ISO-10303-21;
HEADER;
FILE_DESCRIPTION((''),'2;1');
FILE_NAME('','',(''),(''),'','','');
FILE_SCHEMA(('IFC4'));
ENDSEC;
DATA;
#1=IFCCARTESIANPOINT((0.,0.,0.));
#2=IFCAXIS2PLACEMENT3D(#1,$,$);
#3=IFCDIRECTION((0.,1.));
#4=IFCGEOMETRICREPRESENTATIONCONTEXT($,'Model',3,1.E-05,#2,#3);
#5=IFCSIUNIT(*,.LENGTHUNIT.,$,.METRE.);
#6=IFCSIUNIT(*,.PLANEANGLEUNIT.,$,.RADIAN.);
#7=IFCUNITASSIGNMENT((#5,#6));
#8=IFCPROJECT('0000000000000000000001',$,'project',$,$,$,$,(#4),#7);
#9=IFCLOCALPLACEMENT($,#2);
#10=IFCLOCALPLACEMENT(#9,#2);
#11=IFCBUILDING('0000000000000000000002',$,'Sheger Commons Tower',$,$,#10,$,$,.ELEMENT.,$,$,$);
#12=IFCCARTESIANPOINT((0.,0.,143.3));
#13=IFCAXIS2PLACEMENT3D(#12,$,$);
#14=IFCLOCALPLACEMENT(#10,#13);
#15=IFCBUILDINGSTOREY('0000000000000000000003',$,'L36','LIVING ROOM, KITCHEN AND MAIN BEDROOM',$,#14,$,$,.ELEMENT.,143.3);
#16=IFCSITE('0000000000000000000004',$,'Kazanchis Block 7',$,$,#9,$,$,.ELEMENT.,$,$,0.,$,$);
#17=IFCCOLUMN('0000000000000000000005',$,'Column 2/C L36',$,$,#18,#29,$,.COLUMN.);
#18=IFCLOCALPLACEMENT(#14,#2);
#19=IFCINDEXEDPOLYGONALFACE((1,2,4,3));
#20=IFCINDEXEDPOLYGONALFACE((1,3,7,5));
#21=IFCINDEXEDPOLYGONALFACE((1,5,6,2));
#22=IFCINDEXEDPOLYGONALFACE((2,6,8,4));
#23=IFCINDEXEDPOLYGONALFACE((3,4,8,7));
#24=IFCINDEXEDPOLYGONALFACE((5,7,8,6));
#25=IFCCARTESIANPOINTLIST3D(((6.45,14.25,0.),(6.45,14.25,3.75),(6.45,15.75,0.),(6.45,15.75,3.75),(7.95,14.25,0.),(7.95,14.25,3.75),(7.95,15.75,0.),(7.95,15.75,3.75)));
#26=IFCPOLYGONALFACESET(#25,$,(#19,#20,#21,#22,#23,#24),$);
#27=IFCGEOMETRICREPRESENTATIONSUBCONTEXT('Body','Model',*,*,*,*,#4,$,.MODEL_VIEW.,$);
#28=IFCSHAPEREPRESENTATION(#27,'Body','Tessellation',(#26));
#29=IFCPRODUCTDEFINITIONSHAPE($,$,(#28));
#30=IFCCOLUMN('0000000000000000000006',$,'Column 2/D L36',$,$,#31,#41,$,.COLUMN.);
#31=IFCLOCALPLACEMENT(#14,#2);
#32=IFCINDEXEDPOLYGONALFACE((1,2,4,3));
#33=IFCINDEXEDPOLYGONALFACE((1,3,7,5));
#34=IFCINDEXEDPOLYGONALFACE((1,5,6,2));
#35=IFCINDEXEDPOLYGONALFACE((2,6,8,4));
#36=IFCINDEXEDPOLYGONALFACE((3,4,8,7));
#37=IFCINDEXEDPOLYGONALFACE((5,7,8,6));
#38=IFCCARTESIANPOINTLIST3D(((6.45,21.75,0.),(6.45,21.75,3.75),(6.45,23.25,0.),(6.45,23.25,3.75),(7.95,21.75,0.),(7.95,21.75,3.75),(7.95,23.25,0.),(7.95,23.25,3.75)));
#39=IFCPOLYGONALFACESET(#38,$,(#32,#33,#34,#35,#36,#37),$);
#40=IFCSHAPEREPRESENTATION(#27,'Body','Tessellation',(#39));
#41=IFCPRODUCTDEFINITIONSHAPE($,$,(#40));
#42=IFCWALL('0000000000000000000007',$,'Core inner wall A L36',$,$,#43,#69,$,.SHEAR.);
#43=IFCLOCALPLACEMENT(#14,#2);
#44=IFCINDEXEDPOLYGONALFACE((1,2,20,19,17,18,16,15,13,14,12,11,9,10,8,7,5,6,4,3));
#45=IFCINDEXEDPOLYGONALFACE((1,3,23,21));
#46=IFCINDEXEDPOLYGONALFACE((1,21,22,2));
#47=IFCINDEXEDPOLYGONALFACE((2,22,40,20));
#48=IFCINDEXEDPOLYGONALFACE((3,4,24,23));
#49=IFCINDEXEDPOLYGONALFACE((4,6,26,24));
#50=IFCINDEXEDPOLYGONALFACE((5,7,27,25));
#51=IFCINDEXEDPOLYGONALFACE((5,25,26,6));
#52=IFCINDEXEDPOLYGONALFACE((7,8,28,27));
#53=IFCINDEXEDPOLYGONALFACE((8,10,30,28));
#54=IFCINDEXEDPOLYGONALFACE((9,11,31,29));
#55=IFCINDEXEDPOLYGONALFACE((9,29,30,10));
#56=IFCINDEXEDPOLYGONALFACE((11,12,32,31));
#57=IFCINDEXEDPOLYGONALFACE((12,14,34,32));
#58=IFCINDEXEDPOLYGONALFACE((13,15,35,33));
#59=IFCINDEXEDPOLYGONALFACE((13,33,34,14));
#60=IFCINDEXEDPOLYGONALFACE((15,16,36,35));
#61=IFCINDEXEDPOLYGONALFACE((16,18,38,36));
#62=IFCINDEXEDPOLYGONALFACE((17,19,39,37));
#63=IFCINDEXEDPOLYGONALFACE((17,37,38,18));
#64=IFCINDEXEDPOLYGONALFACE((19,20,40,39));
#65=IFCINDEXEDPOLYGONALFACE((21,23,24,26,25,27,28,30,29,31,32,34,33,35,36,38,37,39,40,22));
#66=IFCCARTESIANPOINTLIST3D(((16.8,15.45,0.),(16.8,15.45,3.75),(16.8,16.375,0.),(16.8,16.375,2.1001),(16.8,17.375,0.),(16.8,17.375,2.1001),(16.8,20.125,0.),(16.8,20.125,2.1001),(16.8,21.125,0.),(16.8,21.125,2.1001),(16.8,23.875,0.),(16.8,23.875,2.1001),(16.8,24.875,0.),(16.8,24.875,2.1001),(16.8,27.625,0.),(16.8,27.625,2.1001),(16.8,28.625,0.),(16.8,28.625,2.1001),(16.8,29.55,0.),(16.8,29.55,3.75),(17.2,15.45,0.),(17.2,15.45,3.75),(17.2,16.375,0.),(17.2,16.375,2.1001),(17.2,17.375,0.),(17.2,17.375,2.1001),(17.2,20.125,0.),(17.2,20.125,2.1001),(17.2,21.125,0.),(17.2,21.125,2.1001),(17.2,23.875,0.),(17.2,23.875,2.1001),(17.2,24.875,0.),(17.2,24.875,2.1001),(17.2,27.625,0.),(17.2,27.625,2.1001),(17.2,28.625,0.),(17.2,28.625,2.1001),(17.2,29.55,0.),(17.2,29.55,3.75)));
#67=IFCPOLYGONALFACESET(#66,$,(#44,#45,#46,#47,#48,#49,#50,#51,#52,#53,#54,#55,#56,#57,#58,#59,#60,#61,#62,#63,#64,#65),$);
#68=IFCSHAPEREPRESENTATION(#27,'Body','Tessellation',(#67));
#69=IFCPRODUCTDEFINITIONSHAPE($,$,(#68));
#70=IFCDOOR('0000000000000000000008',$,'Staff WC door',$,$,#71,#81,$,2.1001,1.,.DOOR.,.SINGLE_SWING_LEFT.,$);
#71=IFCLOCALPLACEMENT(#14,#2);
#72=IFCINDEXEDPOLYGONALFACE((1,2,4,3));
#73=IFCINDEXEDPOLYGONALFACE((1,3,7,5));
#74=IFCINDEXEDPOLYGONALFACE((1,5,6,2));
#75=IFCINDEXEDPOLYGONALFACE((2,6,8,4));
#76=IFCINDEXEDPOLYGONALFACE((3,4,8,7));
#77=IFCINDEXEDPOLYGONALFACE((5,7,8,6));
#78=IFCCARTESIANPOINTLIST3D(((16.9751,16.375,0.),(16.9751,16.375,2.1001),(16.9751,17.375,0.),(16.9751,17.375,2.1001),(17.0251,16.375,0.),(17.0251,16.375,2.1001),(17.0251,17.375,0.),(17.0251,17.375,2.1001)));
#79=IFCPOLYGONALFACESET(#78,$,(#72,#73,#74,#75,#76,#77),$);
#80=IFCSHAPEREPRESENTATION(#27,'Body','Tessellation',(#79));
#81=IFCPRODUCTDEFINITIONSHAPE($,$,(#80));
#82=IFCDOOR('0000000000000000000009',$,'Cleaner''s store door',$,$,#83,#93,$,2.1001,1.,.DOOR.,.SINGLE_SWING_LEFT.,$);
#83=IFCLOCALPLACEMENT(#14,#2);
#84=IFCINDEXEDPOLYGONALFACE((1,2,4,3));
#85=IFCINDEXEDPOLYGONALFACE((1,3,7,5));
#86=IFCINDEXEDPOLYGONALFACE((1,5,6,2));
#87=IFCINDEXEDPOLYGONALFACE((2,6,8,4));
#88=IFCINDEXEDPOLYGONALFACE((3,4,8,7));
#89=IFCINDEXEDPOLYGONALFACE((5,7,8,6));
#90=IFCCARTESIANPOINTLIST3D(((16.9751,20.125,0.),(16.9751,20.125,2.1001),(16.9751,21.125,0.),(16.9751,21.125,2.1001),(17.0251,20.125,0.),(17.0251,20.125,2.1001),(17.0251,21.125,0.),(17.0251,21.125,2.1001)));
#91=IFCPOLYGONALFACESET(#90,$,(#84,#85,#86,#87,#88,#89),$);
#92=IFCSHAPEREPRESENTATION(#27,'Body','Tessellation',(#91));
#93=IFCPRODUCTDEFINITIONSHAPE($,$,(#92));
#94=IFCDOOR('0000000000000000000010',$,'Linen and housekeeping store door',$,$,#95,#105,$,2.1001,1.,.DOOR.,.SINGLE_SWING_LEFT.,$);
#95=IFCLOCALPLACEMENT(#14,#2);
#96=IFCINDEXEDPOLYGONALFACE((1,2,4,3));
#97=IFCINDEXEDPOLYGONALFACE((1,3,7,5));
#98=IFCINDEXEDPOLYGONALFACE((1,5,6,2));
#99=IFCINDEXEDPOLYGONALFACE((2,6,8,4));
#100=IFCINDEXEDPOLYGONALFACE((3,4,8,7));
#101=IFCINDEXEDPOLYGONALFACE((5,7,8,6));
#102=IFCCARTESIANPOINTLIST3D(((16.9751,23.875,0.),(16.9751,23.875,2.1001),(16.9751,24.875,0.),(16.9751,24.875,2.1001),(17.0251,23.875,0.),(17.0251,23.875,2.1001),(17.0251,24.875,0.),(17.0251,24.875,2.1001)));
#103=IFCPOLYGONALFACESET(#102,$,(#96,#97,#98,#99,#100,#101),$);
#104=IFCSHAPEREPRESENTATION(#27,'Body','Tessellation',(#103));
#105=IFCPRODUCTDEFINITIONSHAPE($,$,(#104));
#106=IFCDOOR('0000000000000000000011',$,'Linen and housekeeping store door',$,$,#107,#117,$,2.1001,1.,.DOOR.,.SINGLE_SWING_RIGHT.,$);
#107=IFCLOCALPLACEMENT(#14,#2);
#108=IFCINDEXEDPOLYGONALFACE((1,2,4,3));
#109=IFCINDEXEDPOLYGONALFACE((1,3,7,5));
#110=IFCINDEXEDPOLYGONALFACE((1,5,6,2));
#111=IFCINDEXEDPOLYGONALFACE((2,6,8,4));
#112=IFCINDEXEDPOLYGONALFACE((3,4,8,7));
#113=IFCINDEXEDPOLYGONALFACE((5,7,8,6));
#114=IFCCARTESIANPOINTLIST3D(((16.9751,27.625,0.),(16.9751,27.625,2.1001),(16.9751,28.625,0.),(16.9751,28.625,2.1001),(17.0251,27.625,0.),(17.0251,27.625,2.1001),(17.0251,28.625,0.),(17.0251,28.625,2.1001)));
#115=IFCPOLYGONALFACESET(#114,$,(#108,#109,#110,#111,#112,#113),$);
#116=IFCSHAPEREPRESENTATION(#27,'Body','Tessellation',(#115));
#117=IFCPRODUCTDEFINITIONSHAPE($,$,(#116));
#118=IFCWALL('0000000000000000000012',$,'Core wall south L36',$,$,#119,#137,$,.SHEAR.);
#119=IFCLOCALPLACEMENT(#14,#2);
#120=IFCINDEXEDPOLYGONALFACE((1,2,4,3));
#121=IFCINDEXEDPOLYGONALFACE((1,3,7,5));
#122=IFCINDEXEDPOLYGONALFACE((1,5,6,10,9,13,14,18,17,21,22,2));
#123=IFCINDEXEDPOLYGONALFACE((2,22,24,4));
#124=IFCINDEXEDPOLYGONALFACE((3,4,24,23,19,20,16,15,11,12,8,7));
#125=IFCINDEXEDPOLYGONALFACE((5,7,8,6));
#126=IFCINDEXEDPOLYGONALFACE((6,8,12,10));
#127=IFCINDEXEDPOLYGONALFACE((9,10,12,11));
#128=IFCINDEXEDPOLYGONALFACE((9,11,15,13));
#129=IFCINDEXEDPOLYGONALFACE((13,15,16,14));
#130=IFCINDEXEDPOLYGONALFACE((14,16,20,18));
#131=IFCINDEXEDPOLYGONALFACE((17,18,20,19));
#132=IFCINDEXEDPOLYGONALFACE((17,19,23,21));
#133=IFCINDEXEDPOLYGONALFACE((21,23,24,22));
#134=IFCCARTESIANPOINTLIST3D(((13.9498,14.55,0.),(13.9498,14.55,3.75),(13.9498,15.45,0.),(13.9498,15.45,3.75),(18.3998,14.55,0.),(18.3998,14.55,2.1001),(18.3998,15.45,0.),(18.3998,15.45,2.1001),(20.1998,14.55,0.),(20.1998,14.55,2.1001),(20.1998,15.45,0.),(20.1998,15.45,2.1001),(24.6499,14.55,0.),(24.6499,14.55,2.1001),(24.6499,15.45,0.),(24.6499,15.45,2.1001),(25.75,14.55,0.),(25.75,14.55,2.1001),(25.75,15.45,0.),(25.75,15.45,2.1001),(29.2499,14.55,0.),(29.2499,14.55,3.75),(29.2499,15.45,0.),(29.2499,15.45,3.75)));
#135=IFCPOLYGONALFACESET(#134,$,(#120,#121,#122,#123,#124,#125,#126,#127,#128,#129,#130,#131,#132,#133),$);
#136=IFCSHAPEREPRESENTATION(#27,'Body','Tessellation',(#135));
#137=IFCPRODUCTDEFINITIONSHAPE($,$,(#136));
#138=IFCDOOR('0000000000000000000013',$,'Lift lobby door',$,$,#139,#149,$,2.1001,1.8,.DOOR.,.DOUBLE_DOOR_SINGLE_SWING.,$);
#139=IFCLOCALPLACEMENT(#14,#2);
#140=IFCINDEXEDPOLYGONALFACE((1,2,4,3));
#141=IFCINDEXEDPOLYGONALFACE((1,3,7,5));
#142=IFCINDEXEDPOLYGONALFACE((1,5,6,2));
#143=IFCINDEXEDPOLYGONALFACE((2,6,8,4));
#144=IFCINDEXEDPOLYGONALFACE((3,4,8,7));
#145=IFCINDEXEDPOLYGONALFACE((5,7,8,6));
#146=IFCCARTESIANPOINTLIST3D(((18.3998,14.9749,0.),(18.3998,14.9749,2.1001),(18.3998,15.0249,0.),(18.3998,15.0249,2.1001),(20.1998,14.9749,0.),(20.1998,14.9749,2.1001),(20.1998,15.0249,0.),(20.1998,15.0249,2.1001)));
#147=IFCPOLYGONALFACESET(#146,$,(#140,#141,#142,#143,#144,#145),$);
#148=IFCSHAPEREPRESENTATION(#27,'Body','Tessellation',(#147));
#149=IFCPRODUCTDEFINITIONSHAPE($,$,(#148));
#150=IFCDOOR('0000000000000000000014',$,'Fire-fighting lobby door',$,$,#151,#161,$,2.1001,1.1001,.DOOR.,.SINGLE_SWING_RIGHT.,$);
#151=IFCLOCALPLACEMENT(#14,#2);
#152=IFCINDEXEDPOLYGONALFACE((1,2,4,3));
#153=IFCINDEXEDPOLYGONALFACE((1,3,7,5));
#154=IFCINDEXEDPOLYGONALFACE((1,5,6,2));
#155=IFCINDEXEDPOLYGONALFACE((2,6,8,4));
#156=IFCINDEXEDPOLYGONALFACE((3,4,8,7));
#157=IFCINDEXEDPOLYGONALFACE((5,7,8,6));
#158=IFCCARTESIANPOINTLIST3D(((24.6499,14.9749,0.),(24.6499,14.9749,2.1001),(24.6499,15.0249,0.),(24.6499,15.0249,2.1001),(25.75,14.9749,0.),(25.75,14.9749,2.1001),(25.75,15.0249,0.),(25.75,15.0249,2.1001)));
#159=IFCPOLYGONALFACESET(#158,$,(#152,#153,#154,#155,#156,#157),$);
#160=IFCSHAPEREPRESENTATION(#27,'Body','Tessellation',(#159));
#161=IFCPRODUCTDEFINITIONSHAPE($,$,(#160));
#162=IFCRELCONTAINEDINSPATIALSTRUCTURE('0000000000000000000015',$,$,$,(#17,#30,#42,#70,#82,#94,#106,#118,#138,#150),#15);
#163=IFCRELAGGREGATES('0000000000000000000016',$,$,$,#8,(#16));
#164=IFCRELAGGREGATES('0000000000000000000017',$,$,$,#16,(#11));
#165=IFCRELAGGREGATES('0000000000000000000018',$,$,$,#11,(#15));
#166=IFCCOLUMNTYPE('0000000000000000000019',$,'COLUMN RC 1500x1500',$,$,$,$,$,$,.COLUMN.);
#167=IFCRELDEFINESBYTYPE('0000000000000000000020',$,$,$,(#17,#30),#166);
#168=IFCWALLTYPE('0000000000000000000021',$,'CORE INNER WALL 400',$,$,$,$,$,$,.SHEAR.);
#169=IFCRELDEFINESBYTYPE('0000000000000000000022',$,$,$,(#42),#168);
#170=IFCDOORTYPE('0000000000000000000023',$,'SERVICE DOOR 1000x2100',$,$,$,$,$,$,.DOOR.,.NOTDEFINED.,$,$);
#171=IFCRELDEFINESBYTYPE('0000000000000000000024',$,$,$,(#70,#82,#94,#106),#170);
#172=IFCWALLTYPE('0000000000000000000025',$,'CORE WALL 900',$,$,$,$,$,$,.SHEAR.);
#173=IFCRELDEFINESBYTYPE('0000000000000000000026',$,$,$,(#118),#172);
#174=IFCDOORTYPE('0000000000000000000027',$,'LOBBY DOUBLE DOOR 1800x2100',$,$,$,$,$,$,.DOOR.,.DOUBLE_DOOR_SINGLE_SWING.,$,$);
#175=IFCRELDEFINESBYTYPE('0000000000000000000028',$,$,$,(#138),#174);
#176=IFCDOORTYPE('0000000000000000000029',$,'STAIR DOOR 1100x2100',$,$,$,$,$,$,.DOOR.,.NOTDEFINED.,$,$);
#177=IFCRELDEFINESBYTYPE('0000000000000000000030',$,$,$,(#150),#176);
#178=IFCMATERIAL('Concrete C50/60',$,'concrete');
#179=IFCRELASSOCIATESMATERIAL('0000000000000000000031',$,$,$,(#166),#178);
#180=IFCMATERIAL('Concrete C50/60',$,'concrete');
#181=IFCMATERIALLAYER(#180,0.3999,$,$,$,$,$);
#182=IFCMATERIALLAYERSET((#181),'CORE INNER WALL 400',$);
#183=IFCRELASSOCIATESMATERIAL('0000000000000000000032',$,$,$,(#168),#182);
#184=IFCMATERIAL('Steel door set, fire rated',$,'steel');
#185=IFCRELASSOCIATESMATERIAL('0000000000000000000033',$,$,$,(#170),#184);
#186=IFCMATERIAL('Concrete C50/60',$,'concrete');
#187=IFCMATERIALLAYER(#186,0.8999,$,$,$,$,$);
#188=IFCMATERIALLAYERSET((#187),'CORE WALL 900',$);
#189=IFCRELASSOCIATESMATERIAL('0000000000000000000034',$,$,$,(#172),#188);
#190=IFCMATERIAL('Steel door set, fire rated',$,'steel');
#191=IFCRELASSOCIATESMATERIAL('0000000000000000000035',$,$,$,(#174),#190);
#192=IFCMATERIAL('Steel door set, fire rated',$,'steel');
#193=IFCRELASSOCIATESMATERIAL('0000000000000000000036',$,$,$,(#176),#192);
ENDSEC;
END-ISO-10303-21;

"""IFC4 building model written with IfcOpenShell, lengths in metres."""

from ifc_helpers import new_model, si_unit, direction, frame, frame_2d, origin, origin_2d, place, context, subcontext, project, spatial, rectangle, extrude, material, layer, layer_set, material_profile, profile_set, type_object, element, fill, save


model = new_model("IFC4")

# Units and contexts
model_context = context("Model", 3, precision=1e-05, world=origin(), true_north=direction((0.0, 1.0)))
body_context = subcontext(model_context, "Body", "Model", "MODEL_VIEW")
ifc_project = project(units=[si_unit("LENGTHUNIT", "METRE"), si_unit("PLANEANGLEUNIT", "RADIAN")], contexts=[model_context])

# Site, building, storey
site_placement = place(None, origin())
site = spatial("IfcSite", under=ifc_project, at=site_placement, Name="Kazanchis Block 7", CompositionType="ELEMENT", RefElevation=0.0)
building_placement = place(site_placement, origin())
building = spatial("IfcBuilding", under=site, at=building_placement, Name="Sheger Commons Tower", CompositionType="ELEMENT")
storey_placement = place(building_placement, frame((0.0, 0.0, 143.3)))
storey = spatial("IfcBuildingStorey", under=building, at=storey_placement, Name="L36", Description="LIVING ROOM, KITCHEN AND MAIN BEDROOM", CompositionType="ELEMENT", Elevation=143.3)

# Columns
ifc_material_1 = material(Name="Concrete C50/60", Category="concrete")
ifc_material_profile = material_profile(ifc_material_1, rectangle(XDim=1.5, YDim=1.5, at=origin_2d()), Name="RC 1500x1500")
ifc_profile_set = profile_set([ifc_material_profile], Name="Concrete C50/60")
column_type = type_object("IfcColumnType", Name="COLUMN RC 1500x1500", PredefinedType="COLUMN", material=ifc_profile_set)
for number, where, z_axis, x_axis, name in (
    (1, (7.2, 15.0, 0.0), (0.0, 0.0, 1.0), (1.0, 0.0, 0.0), "Column 2/C L36"),
    (2, (7.2, 22.5, 0.0), (0.0, 0.0, 1.0), (1.0, 0.0, 0.0), "Column 2/D L36"),
):
    element("IfcColumn", number, at=place(storey_placement, frame(where, z_axis=z_axis, x_axis=x_axis)), inside=storey, type_object=column_type, Name=name, PredefinedType="COLUMN", context=body_context, shape_type="SweptSolid", body=[
        extrude(rectangle(XDim=1.5, YDim=1.5, at=origin_2d()), origin(), (0.0, 0.0, 1.0), 3.75),
    ])

# Walls, openings, doors
ifc_material_2 = material(Name="Concrete C50/60", Category="concrete")
ifc_layer_1 = layer(ifc_material_2, 0.3999)
ifc_layer_set_1 = layer_set([ifc_layer_1], Name="CORE INNER WALL 400")
wall_type_1 = type_object("IfcWallType", Name="CORE INNER WALL 400", PredefinedType="SHEAR", material=ifc_layer_set_1)
wall_1_placement = place(storey_placement, frame((17.0, 15.45, 0.0), z_axis=(0.0, 0.0, 1.0), x_axis=(0.0, 1.0, 0.0)))
wall_1 = element("IfcWall", 3, at=wall_1_placement, inside=storey, type_object=wall_type_1, Name="Core inner wall A L36", PredefinedType="SHEAR", context=body_context, shape_type="SweptSolid", body=[
    extrude(rectangle(XDim=14.1001, YDim=0.3999, at=frame_2d((7.05, 0.0))), origin(), (0.0, 0.0, 1.0), 3.75),
])
opening_1_placement = place(wall_1_placement, frame((0.925, 0.0, 0.0)))
opening_1 = element("IfcOpeningElement", 4, at=opening_1_placement, cuts=wall_1, PredefinedType="OPENING", context=body_context, shape_type="SweptSolid", body=[
    extrude(rectangle(XDim=1.0, YDim=2.1001, at=frame_2d((0.5, 1.05))), frame((0.0, 0.21, 0.0), z_axis=(0.0, -1.0, 0.0), x_axis=(1.0, 0.0, 0.0)), (0.0, 0.0, 1.0), 0.4199),
])
opening_2_placement = place(wall_1_placement, frame((4.675, 0.0, 0.0)))
opening_2 = element("IfcOpeningElement", 5, at=opening_2_placement, cuts=wall_1, PredefinedType="OPENING", context=body_context, shape_type="SweptSolid", body=[
    extrude(rectangle(XDim=1.0, YDim=2.1001, at=frame_2d((0.5, 1.05))), frame((0.0, 0.21, 0.0), z_axis=(0.0, -1.0, 0.0), x_axis=(1.0, 0.0, 0.0)), (0.0, 0.0, 1.0), 0.4199),
])
opening_3_placement = place(wall_1_placement, frame((8.425, 0.0, 0.0)))
opening_3 = element("IfcOpeningElement", 6, at=opening_3_placement, cuts=wall_1, PredefinedType="OPENING", context=body_context, shape_type="SweptSolid", body=[
    extrude(rectangle(XDim=1.0, YDim=2.1001, at=frame_2d((0.5, 1.05))), frame((0.0, 0.21, 0.0), z_axis=(0.0, -1.0, 0.0), x_axis=(1.0, 0.0, 0.0)), (0.0, 0.0, 1.0), 0.4199),
])
opening_4_placement = place(wall_1_placement, frame((12.175, 0.0, 0.0)))
opening_4 = element("IfcOpeningElement", 7, at=opening_4_placement, cuts=wall_1, PredefinedType="OPENING", context=body_context, shape_type="SweptSolid", body=[
    extrude(rectangle(XDim=1.0, YDim=2.1001, at=frame_2d((0.5, 1.05))), frame((0.0, 0.21, 0.0), z_axis=(0.0, -1.0, 0.0), x_axis=(1.0, 0.0, 0.0)), (0.0, 0.0, 1.0), 0.4199),
])
ifc_material_3 = material(Name="Steel door set, fire rated", Category="steel")
door_type_1 = type_object("IfcDoorType", Name="SERVICE DOOR 1000x2100", OperationType="NOTDEFINED", PredefinedType="DOOR", material=ifc_material_3)
door_1_placement = place(opening_1_placement, origin())
door_1 = element("IfcDoor", 8, at=door_1_placement, inside=storey, type_object=door_type_1, Name="Staff WC door", OperationType="SINGLE_SWING_LEFT", OverallHeight=2.1001, OverallWidth=1.0, PredefinedType="DOOR", context=body_context, shape_type="SweptSolid", body=[
    extrude(rectangle(XDim=1.0, YDim=2.1001, at=frame_2d((0.5, 1.05))), frame((0.0, 0.0249, 0.0), z_axis=(0.0, -1.0, 0.0), x_axis=(1.0, 0.0, 0.0)), (0.0, 0.0, 1.0), 0.05),
])
fill(opening_1, door_1)
door_2_placement = place(opening_2_placement, origin())
door_2 = element("IfcDoor", 9, at=door_2_placement, inside=storey, type_object=door_type_1, Name="Cleaner's store door", OperationType="SINGLE_SWING_LEFT", OverallHeight=2.1001, OverallWidth=1.0, PredefinedType="DOOR", context=body_context, shape_type="SweptSolid", body=[
    extrude(rectangle(XDim=1.0, YDim=2.1001, at=frame_2d((0.5, 1.05))), frame((0.0, 0.0249, 0.0), z_axis=(0.0, -1.0, 0.0), x_axis=(1.0, 0.0, 0.0)), (0.0, 0.0, 1.0), 0.05),
])
fill(opening_2, door_2)
door_3_placement = place(opening_3_placement, origin())
door_3 = element("IfcDoor", 10, at=door_3_placement, inside=storey, type_object=door_type_1, Name="Linen and housekeeping store door", OperationType="SINGLE_SWING_LEFT", OverallHeight=2.1001, OverallWidth=1.0, PredefinedType="DOOR", context=body_context, shape_type="SweptSolid", body=[
    extrude(rectangle(XDim=1.0, YDim=2.1001, at=frame_2d((0.5, 1.05))), frame((0.0, 0.0249, 0.0), z_axis=(0.0, -1.0, 0.0), x_axis=(1.0, 0.0, 0.0)), (0.0, 0.0, 1.0), 0.05),
])
fill(opening_3, door_3)
door_4_placement = place(opening_4_placement, origin())
door_4 = element("IfcDoor", 11, at=door_4_placement, inside=storey, type_object=door_type_1, Name="Linen and housekeeping store door", OperationType="SINGLE_SWING_RIGHT", OverallHeight=2.1001, OverallWidth=1.0, PredefinedType="DOOR", context=body_context, shape_type="SweptSolid", body=[
    extrude(rectangle(XDim=1.0, YDim=2.1001, at=frame_2d((0.5, 1.05))), frame((0.0, 0.0249, 0.0), z_axis=(0.0, -1.0, 0.0), x_axis=(1.0, 0.0, 0.0)), (0.0, 0.0, 1.0), 0.05),
])
fill(opening_4, door_4)
ifc_material_4 = material(Name="Concrete C50/60", Category="concrete")
ifc_layer_2 = layer(ifc_material_4, 0.8999)
ifc_layer_set_2 = layer_set([ifc_layer_2], Name="CORE WALL 900")
wall_type_2 = type_object("IfcWallType", Name="CORE WALL 900", PredefinedType="SHEAR", material=ifc_layer_set_2)
wall_2_placement = place(storey_placement, frame((13.95, 15.0, 0.0), z_axis=(0.0, 0.0, 1.0), x_axis=(1.0, 0.0, 0.0)))
wall_2 = element("IfcWall", 12, at=wall_2_placement, inside=storey, type_object=wall_type_2, Name="Core wall south L36", PredefinedType="SHEAR", context=body_context, shape_type="SweptSolid", body=[
    extrude(rectangle(XDim=15.3, YDim=0.8999, at=frame_2d((7.6499, 0.0))), origin(), (0.0, 0.0, 1.0), 3.75),
])
opening_5_placement = place(wall_2_placement, frame((4.45, 0.0, 0.0)))
opening_5 = element("IfcOpeningElement", 13, at=opening_5_placement, cuts=wall_2, PredefinedType="OPENING", context=body_context, shape_type="SweptSolid", body=[
    extrude(rectangle(XDim=1.8, YDim=2.1001, at=frame_2d((0.8999, 1.05))), frame((0.0, 0.46, 0.0), z_axis=(0.0, -1.0, 0.0), x_axis=(1.0, 0.0, 0.0)), (0.0, 0.0, 1.0), 0.9199),
])
opening_6_placement = place(wall_2_placement, frame((10.7, 0.0, 0.0)))
opening_6 = element("IfcOpeningElement", 14, at=opening_6_placement, cuts=wall_2, PredefinedType="OPENING", context=body_context, shape_type="SweptSolid", body=[
    extrude(rectangle(XDim=1.1001, YDim=2.1001, at=frame_2d((0.55, 1.05))), frame((0.0, 0.46, 0.0), z_axis=(0.0, -1.0, 0.0), x_axis=(1.0, 0.0, 0.0)), (0.0, 0.0, 1.0), 0.9199),
])
ifc_material_5 = material(Name="Steel door set, fire rated", Category="steel")
door_type_2 = type_object("IfcDoorType", Name="LOBBY DOUBLE DOOR 1800x2100", OperationType="DOUBLE_DOOR_SINGLE_SWING", PredefinedType="DOOR", material=ifc_material_5)
door_5_placement = place(opening_5_placement, origin())
door_5 = element("IfcDoor", 15, at=door_5_placement, inside=storey, type_object=door_type_2, Name="Lift lobby door", OperationType="DOUBLE_DOOR_SINGLE_SWING", OverallHeight=2.1001, OverallWidth=1.8, PredefinedType="DOOR", context=body_context, shape_type="SweptSolid", body=[
    extrude(rectangle(XDim=1.8, YDim=2.1001, at=frame_2d((0.8999, 1.05))), frame((0.0, 0.0249, 0.0), z_axis=(0.0, -1.0, 0.0), x_axis=(1.0, 0.0, 0.0)), (0.0, 0.0, 1.0), 0.05),
])
fill(opening_5, door_5)
ifc_material_6 = material(Name="Steel door set, fire rated", Category="steel")
door_type_3 = type_object("IfcDoorType", Name="STAIR DOOR 1100x2100", OperationType="NOTDEFINED", PredefinedType="DOOR", material=ifc_material_6)
door_6_placement = place(opening_6_placement, origin())
door_6 = element("IfcDoor", 16, at=door_6_placement, inside=storey, type_object=door_type_3, Name="Fire-fighting lobby door", OperationType="SINGLE_SWING_RIGHT", OverallHeight=2.1001, OverallWidth=1.1001, PredefinedType="DOOR", context=body_context, shape_type="SweptSolid", body=[
    extrude(rectangle(XDim=1.1001, YDim=2.1001, at=frame_2d((0.55, 1.05))), frame((0.0, 0.0249, 0.0), z_axis=(0.0, -1.0, 0.0), x_axis=(1.0, 0.0, 0.0)), (0.0, 0.0, 1.0), 0.05),
])
fill(opening_6, door_6)

save(model, "model.ifc")
